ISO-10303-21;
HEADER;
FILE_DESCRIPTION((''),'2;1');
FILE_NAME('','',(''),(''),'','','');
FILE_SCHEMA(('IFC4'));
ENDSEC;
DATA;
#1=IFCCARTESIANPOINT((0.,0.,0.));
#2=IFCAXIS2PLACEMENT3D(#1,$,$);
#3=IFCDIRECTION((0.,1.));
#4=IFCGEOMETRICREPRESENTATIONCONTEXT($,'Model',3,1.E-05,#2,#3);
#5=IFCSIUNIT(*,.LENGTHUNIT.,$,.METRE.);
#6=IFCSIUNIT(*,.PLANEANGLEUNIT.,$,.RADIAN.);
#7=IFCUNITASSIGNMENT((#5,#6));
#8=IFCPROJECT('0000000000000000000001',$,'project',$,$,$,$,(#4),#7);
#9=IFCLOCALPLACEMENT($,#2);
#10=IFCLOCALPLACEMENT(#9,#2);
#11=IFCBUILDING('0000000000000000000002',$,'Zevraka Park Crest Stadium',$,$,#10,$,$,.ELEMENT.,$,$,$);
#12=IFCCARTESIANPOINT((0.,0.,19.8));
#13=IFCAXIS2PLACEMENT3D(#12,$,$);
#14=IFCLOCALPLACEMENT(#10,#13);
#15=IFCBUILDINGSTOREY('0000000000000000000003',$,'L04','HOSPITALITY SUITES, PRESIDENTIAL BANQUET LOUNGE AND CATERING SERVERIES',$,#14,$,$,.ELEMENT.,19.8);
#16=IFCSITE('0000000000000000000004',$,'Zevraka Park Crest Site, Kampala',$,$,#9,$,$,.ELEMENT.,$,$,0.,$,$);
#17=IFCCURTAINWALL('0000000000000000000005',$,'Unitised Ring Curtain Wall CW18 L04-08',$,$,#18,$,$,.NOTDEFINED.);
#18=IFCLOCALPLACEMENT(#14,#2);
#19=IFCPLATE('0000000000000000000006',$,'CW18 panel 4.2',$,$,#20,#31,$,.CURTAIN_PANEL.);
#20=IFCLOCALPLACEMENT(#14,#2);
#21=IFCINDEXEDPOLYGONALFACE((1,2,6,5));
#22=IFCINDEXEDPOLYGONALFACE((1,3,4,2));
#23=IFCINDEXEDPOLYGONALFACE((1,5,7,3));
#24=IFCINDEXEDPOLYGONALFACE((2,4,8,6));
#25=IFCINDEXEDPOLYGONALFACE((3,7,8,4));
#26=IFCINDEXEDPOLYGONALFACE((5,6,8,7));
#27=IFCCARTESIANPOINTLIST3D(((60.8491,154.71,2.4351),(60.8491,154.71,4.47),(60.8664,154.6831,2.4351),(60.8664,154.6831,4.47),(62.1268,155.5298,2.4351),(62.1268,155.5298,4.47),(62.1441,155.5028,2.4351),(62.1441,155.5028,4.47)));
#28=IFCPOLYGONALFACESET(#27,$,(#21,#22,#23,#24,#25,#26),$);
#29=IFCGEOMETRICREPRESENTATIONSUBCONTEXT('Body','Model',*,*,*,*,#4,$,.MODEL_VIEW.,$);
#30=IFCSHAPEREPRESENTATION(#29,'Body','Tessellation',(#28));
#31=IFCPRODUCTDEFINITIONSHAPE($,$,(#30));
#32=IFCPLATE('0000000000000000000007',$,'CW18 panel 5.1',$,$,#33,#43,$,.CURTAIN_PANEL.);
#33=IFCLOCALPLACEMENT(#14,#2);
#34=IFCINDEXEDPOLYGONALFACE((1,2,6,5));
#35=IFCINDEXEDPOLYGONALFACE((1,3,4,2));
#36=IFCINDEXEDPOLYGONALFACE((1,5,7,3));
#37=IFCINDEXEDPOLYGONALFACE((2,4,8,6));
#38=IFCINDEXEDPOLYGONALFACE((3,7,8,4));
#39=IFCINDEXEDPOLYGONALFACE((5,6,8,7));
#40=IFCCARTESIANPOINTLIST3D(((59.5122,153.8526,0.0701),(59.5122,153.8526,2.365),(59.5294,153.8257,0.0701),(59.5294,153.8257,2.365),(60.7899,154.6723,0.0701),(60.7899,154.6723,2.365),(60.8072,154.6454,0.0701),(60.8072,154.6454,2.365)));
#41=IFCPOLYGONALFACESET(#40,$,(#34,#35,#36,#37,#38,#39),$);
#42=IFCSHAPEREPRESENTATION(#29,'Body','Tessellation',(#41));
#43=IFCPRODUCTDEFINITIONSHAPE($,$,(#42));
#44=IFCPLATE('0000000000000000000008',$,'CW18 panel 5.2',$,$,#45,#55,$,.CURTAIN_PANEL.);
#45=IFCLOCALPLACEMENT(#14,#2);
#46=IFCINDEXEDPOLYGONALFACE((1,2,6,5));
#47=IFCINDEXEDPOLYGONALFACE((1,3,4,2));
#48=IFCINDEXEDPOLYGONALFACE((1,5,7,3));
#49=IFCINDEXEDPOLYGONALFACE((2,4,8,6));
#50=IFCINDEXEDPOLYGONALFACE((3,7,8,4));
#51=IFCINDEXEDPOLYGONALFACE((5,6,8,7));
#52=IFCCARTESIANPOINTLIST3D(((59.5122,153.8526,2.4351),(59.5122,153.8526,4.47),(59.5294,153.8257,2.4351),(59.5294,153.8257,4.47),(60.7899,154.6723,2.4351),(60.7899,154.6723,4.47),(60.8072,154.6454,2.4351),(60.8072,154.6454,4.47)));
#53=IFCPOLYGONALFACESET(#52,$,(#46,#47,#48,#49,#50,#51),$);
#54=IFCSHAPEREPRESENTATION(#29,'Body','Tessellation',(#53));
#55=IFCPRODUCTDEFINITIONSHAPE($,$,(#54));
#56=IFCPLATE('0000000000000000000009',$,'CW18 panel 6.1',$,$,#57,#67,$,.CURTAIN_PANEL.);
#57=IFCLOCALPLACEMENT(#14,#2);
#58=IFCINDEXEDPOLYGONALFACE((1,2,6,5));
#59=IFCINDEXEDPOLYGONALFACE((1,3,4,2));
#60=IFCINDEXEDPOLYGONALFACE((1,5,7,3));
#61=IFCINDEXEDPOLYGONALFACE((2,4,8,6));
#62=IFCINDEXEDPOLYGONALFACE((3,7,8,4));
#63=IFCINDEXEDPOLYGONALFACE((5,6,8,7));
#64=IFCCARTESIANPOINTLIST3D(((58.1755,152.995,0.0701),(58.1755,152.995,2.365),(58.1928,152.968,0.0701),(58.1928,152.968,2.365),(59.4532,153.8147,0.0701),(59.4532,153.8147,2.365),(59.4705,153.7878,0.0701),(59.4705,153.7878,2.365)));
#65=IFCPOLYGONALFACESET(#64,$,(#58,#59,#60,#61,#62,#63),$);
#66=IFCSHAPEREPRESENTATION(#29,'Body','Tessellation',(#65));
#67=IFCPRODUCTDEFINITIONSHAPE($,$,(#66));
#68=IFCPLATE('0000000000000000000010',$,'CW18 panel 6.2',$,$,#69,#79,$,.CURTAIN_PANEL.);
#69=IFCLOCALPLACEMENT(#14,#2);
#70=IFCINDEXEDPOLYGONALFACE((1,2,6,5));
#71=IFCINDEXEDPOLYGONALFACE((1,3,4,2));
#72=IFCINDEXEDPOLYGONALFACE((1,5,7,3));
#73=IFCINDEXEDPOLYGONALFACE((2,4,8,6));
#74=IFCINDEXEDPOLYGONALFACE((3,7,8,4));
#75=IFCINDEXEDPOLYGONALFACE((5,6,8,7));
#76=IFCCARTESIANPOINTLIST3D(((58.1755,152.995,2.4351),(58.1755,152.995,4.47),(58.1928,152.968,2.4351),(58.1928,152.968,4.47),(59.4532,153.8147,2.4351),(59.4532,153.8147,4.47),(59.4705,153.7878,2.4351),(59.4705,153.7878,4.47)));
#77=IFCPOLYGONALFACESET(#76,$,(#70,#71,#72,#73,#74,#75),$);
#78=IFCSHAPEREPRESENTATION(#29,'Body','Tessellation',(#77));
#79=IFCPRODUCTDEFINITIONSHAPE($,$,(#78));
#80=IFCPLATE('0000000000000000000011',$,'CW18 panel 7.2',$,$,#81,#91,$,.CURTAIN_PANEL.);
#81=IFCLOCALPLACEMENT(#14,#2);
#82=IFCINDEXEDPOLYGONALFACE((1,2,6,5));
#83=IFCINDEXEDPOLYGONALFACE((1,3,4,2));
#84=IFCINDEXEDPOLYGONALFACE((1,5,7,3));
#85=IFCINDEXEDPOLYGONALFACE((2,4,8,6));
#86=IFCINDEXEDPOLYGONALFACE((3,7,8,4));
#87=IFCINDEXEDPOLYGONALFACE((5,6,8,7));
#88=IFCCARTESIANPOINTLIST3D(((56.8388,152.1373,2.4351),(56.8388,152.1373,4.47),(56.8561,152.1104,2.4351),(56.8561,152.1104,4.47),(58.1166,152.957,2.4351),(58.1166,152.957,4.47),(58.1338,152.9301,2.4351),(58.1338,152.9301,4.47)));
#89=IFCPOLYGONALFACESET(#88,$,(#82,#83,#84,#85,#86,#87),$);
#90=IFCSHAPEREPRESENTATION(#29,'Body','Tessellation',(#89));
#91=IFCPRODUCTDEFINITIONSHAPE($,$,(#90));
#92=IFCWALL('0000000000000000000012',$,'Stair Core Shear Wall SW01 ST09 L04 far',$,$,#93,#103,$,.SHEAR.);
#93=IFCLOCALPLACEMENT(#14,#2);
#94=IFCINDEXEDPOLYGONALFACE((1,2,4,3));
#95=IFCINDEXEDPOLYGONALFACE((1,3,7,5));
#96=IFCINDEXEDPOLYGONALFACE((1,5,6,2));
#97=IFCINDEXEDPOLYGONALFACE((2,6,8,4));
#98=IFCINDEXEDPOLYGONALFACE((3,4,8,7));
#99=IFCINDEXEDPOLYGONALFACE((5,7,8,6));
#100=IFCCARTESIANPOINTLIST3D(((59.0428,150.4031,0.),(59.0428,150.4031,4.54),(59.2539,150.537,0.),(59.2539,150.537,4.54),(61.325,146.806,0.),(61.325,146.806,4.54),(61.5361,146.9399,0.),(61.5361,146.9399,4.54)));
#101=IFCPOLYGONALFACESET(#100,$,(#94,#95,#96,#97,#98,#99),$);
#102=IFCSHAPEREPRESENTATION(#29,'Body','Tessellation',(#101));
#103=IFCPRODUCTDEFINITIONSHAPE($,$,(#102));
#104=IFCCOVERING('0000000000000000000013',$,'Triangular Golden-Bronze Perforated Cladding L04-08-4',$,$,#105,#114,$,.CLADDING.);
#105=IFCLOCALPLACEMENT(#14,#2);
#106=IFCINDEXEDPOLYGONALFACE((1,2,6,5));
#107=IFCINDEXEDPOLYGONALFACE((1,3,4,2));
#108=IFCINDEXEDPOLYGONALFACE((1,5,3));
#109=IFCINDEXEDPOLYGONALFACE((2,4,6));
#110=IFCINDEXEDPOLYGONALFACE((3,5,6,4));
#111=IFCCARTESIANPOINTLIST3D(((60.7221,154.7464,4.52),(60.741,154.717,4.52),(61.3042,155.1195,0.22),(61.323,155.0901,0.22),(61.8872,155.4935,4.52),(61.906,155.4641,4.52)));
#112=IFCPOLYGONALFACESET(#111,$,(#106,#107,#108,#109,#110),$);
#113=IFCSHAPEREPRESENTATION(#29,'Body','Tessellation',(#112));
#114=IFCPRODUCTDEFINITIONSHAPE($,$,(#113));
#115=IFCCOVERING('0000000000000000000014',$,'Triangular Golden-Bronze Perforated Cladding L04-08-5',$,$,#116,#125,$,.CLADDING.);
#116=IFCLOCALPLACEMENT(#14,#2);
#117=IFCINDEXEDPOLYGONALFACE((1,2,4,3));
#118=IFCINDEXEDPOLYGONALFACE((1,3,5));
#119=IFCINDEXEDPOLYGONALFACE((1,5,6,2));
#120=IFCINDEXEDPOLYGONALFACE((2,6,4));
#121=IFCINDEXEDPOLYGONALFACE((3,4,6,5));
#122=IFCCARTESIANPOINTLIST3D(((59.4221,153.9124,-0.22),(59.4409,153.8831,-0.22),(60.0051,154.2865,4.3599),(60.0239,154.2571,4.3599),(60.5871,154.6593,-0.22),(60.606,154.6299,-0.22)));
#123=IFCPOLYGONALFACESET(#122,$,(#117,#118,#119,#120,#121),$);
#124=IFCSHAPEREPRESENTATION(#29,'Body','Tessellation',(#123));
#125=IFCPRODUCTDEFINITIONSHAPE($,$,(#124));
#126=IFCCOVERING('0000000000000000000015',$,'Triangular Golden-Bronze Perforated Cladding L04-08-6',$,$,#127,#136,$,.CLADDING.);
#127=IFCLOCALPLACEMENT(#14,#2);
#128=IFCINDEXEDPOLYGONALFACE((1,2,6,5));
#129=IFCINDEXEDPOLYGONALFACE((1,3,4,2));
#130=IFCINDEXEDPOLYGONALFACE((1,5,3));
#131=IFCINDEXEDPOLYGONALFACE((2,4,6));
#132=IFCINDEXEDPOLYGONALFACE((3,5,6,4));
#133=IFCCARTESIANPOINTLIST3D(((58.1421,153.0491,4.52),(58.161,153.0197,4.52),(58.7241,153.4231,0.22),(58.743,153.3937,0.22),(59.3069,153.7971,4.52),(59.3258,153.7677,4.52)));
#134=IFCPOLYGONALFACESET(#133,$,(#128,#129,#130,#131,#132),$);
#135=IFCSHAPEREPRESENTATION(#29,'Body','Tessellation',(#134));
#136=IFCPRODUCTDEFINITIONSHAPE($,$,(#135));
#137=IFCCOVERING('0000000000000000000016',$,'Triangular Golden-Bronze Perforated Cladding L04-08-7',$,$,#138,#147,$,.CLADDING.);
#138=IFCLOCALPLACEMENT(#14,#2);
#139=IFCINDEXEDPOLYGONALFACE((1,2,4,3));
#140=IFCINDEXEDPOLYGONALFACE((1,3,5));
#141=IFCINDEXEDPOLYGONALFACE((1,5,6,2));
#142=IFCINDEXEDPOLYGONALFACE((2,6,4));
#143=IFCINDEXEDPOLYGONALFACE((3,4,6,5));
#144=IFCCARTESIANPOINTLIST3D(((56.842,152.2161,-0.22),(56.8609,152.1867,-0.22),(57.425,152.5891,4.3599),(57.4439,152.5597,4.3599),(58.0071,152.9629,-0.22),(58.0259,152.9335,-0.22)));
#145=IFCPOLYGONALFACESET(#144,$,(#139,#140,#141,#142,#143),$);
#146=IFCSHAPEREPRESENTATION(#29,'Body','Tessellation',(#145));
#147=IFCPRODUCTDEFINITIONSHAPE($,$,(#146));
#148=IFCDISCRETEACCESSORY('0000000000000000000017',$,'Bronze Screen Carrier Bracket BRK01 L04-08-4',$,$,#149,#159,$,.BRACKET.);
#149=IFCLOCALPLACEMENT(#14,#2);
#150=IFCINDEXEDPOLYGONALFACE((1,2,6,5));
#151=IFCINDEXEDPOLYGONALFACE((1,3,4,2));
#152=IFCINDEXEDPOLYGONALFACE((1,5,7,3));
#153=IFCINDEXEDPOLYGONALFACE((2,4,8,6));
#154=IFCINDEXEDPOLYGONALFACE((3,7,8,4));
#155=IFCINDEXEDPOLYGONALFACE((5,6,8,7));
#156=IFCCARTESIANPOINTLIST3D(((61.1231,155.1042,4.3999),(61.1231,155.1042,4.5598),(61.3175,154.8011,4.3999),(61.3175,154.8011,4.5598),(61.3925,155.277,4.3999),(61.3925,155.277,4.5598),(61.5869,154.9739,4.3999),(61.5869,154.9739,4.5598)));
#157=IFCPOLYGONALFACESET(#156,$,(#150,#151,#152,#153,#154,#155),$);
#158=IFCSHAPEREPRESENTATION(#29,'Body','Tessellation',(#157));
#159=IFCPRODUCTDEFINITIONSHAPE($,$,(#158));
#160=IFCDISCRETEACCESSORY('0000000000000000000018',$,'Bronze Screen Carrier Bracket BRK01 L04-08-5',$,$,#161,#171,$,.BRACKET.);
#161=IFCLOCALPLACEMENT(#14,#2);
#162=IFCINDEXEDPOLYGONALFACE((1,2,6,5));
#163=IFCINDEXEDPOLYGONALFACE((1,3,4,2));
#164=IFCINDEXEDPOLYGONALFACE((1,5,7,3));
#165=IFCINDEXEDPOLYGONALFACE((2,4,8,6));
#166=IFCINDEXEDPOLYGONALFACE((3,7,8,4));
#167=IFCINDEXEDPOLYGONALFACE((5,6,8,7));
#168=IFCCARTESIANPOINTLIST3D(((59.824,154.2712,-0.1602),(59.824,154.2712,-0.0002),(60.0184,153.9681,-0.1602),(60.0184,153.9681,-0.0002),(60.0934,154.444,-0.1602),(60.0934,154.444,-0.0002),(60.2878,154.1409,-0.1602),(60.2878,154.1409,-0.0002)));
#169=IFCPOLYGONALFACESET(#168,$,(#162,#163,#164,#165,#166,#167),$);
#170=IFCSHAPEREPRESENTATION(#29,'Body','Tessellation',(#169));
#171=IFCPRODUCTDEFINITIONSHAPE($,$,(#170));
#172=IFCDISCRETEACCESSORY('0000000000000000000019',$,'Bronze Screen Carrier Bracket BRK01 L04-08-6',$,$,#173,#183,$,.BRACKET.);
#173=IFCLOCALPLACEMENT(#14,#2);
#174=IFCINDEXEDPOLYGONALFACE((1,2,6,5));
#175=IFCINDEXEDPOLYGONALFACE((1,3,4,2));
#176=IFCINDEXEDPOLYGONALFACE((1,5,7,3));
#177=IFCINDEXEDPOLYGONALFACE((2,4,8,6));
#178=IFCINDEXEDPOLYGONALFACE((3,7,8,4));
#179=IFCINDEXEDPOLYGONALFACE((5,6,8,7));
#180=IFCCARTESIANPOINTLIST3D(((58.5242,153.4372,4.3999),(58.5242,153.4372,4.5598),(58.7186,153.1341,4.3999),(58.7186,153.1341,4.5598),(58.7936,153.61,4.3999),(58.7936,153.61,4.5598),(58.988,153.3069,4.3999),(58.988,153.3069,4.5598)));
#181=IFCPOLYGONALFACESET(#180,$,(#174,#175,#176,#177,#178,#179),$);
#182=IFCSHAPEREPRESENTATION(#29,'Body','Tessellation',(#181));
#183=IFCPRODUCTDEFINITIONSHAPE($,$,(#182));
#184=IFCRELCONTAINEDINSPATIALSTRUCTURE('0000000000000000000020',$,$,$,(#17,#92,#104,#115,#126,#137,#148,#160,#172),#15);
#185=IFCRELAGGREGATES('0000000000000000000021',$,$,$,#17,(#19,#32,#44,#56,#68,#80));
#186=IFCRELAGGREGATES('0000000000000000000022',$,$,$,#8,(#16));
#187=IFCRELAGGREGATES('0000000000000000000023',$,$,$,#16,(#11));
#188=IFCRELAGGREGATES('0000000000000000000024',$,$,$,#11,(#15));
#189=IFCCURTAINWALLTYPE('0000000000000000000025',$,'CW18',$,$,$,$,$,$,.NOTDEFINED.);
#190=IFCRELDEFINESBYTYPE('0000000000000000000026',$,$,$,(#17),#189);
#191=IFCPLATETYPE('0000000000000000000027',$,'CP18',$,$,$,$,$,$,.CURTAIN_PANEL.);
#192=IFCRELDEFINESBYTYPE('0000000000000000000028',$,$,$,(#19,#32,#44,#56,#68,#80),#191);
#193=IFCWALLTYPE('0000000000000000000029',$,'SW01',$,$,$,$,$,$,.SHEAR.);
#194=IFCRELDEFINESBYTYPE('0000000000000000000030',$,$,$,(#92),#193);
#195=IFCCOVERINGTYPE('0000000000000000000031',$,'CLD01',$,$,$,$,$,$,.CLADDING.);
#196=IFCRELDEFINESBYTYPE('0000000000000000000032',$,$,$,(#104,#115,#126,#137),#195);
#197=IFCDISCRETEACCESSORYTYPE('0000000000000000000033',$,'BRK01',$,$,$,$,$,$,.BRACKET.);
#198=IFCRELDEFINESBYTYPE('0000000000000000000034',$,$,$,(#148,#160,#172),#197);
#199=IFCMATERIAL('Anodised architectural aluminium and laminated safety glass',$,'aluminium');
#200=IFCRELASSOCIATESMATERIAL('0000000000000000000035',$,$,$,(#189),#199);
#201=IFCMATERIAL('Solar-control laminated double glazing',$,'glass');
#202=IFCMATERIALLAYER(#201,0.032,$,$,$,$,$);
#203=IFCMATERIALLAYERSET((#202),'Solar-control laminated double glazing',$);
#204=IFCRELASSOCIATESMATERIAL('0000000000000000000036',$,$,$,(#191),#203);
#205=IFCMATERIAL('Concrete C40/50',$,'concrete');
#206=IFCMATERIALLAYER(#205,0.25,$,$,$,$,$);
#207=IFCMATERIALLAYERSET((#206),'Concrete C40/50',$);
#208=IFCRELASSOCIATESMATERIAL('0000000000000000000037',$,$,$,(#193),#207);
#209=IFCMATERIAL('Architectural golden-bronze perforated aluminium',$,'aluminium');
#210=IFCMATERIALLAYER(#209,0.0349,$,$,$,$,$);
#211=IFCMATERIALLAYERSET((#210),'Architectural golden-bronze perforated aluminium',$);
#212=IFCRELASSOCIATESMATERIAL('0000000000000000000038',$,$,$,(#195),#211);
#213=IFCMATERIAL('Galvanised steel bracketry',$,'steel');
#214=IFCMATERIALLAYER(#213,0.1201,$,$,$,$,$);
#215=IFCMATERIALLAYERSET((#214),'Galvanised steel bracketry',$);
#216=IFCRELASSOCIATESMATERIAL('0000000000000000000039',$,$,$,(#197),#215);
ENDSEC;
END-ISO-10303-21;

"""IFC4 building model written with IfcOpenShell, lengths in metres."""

from ifc_helpers import new_model, si_unit, direction, frame, frame_2d, origin, origin_2d, place, context, subcontext, project, spatial, polyline, rectangle, outline, extrude, material, layer, layer_set, type_object, element, aggregate, save


model = new_model("IFC4")

# Units and contexts
model_context = context("Model", 3, precision=1e-05, world=origin(), true_north=direction((0.0, 1.0)))
body_context = subcontext(model_context, "Body", "Model", "MODEL_VIEW")
ifc_project = project(units=[si_unit("LENGTHUNIT", "METRE"), si_unit("PLANEANGLEUNIT", "RADIAN")], contexts=[model_context])

# Site, building, storey
site_placement = place(None, origin())
site = spatial("IfcSite", under=ifc_project, at=site_placement, Name="Zevraka Park Crest Site, Kampala", CompositionType="ELEMENT", RefElevation=0.0)
building_placement = place(site_placement, origin())
building = spatial("IfcBuilding", under=site, at=building_placement, Name="Zevraka Park Crest Stadium", CompositionType="ELEMENT")
storey_placement = place(building_placement, frame((0.0, 0.0, 19.8)))
storey = spatial("IfcBuildingStorey", under=building, at=storey_placement, Name="L04", Description="HOSPITALITY SUITES, PRESIDENTIAL BANQUET LOUNGE AND CATERING SERVERIES", CompositionType="ELEMENT", Elevation=19.8)

# Curtain wall, plates
ifc_material_1 = material(Name="Anodised architectural aluminium and laminated safety glass", Category="aluminium")
curtain_wall_type = type_object("IfcCurtainWallType", Name="CW18", PredefinedType="NOTDEFINED", material=ifc_material_1)
curtain_wall_placement = place(storey_placement, origin())
curtain_wall = element("IfcCurtainWall", 1, at=curtain_wall_placement, inside=storey, type_object=curtain_wall_type, Name="Unitised Ring Curtain Wall CW18 L04-08", PredefinedType="NOTDEFINED")
ifc_material_2 = material(Name="Solar-control laminated double glazing", Category="glass")
ifc_layer_1 = layer(ifc_material_2, 0.032)
ifc_layer_set_1 = layer_set([ifc_layer_1], Name="Solar-control laminated double glazing")
plate_type = type_object("IfcPlateType", Name="CP18", PredefinedType="CURTAIN_PANEL", material=ifc_layer_set_1)
plate_1_placement = place(storey_placement, frame((61.4966, 155.1064, 2.4351), z_axis=(0.0, 0.0, 1.0), x_axis=(-0.841678, -0.53998, 0.0)))
plate_1 = element("IfcPlate", 2, at=plate_1_placement, type_object=plate_type, Name="CW18 panel 4.2", PredefinedType="CURTAIN_PANEL", context=body_context, shape_type="SweptSolid", body=[
    extrude(rectangle(XDim=1.5181, YDim=0.032, at=origin_2d()), origin(), (0.0, 0.0, 1.0), 2.0349),
])
plate_2_placement = place(storey_placement, frame((60.1597, 154.249, 0.0701), z_axis=(0.0, 0.0, 1.0), x_axis=(-0.841678, -0.53998, 0.0)))
plate_2 = element("IfcPlate", 3, at=plate_2_placement, type_object=plate_type, Name="CW18 panel 5.1", PredefinedType="CURTAIN_PANEL", context=body_context, shape_type="SweptSolid", body=[
    extrude(rectangle(XDim=1.5181, YDim=0.032, at=origin_2d()), origin(), (0.0, 0.0, 1.0), 2.2949),
])
plate_3_placement = place(storey_placement, frame((60.1597, 154.249, 2.4351), z_axis=(0.0, 0.0, 1.0), x_axis=(-0.841678, -0.53998, 0.0)))
plate_3 = element("IfcPlate", 4, at=plate_3_placement, type_object=plate_type, Name="CW18 panel 5.2", PredefinedType="CURTAIN_PANEL", context=body_context, shape_type="SweptSolid", body=[
    extrude(rectangle(XDim=1.5181, YDim=0.032, at=origin_2d()), origin(), (0.0, 0.0, 1.0), 2.0349),
])
plate_4_placement = place(storey_placement, frame((58.823, 153.3914, 0.0701), z_axis=(0.0, 0.0, 1.0), x_axis=(-0.841678, -0.53998, 0.0)))
plate_4 = element("IfcPlate", 5, at=plate_4_placement, type_object=plate_type, Name="CW18 panel 6.1", PredefinedType="CURTAIN_PANEL", context=body_context, shape_type="SweptSolid", body=[
    extrude(rectangle(XDim=1.5181, YDim=0.032, at=origin_2d()), origin(), (0.0, 0.0, 1.0), 2.2949),
])
plate_5_placement = place(storey_placement, frame((58.823, 153.3914, 2.4351), z_axis=(0.0, 0.0, 1.0), x_axis=(-0.841678, -0.53998, 0.0)))
plate_5 = element("IfcPlate", 6, at=plate_5_placement, type_object=plate_type, Name="CW18 panel 6.2", PredefinedType="CURTAIN_PANEL", context=body_context, shape_type="SweptSolid", body=[
    extrude(rectangle(XDim=1.5181, YDim=0.032, at=origin_2d()), origin(), (0.0, 0.0, 1.0), 2.0349),
])
plate_6_placement = place(storey_placement, frame((57.4863, 152.5337, 2.4351), z_axis=(0.0, 0.0, 1.0), x_axis=(-0.841678, -0.53998, 0.0)))
plate_6 = element("IfcPlate", 7, at=plate_6_placement, type_object=plate_type, Name="CW18 panel 7.2", PredefinedType="CURTAIN_PANEL", context=body_context, shape_type="SweptSolid", body=[
    extrude(rectangle(XDim=1.5181, YDim=0.032, at=origin_2d()), origin(), (0.0, 0.0, 1.0), 2.0349),
])
aggregate(curtain_wall, [plate_1, plate_2, plate_3, plate_4, plate_5, plate_6])

# Wall
ifc_material_3 = material(Name="Concrete C40/50", Category="concrete")
ifc_layer_2 = layer(ifc_material_3, 0.25)
ifc_layer_set_2 = layer_set([ifc_layer_2], Name="Concrete C40/50")
wall_type = type_object("IfcWallType", Name="SW01", PredefinedType="SHEAR", material=ifc_layer_set_2)
wall_placement = place(storey_placement, frame((59.1484, 150.47, 0.0), z_axis=(0.0, 0.0, 1.0), x_axis=(0.535725, -0.844392, 0.0)))
element("IfcWall", 8, at=wall_placement, inside=storey, type_object=wall_type, Name="Stair Core Shear Wall SW01 ST09 L04 far", PredefinedType="SHEAR", context=body_context, shape_type="SweptSolid", body=[
    extrude(rectangle(XDim=4.26, YDim=0.25, at=frame_2d((2.1299, 0.0))), origin(), (0.0, 0.0, 1.0), 4.54),
])

# Coverings
ifc_material_4 = material(Name="Architectural golden-bronze perforated aluminium", Category="aluminium")
ifc_layer_3 = layer(ifc_material_4, 0.0349)
ifc_layer_set_3 = layer_set([ifc_layer_3], Name="Architectural golden-bronze perforated aluminium")
covering_type = type_object("IfcCoveringType", Name="CLD01", PredefinedType="CLADDING", material=ifc_layer_set_3)
covering_1_placement = place(storey_placement, frame((60.741, 154.717, 4.52), z_axis=(0.539794, -0.841797, 0.000034), x_axis=(0.841797, 0.539794, 0.0)))
element("IfcCovering", 9, at=covering_1_placement, inside=storey, type_object=covering_type, Name="Triangular Golden-Bronze Perforated Cladding L04-08-4", PredefinedType="CLADDING", context=body_context, shape_type="SweptSolid", body=[
    extrude(outline(polyline([(0.0, 0.0), (1.384, 0.0), (0.6913, -4.3), (0.0, 0.0)])), origin(), (0.0, 0.0, -1.0), 0.0349),
])
covering_2_placement = place(storey_placement, frame((60.606, 154.6299, -0.22), z_axis=(0.539669, -0.841877, 0.000055), x_axis=(-0.841877, -0.539669, 0.0)))
element("IfcCovering", 10, at=covering_2_placement, inside=storey, type_object=covering_type, Name="Triangular Golden-Bronze Perforated Cladding L04-08-5", PredefinedType="CLADDING", context=body_context, shape_type="SweptSolid", body=[
    extrude(outline(polyline([(0.0, 0.0), (1.3839, 0.0), (0.6912, -4.5798), (0.0, 0.0)])), origin(), (0.0, 0.0, -1.0), 0.0349),
])
covering_3_placement = place(storey_placement, frame((58.1421, 153.0491, 4.52), z_axis=(-0.540374, 0.841425, 0.000046), x_axis=(0.841425, 0.540374, 0.0)))
element("IfcCovering", 11, at=covering_3_placement, inside=storey, type_object=covering_type, Name="Triangular Golden-Bronze Perforated Cladding L04-08-6", PredefinedType="CLADDING", context=body_context, shape_type="SweptSolid", body=[
    extrude(outline(polyline([(0.0, 0.0), (1.3843, 0.0), (0.6918, 4.3), (0.0, 0.0)])), origin(), (0.0, 0.0, -1.0), 0.0349),
])
covering_4_placement = place(storey_placement, frame((58.0071, 152.9629, -0.22), z_axis=(-0.539669, 0.841877, 0.000125), x_axis=(-0.841877, -0.539669, 0.0)))
element("IfcCovering", 12, at=covering_4_placement, inside=storey, type_object=covering_type, Name="Triangular Golden-Bronze Perforated Cladding L04-08-7", PredefinedType="CLADDING", context=body_context, shape_type="SweptSolid", body=[
    extrude(outline(polyline([(0.0, 0.0), (1.3839, 0.0), (0.6917, 4.5798), (0.0, 0.0)])), origin(), (0.0, 0.0, -1.0), 0.0349),
])

# Discrete accessories
ifc_material_5 = material(Name="Galvanised steel bracketry", Category="steel")
ifc_layer_4 = layer(ifc_material_5, 0.1201)
ifc_layer_set_4 = layer_set([ifc_layer_4], Name="Galvanised steel bracketry")
discrete_accessory_type = type_object("IfcDiscreteAccessoryType", Name="BRK01", PredefinedType="BRACKET", material=ifc_layer_set_4)
for number, where, z_axis, x_axis, name in (
    (13, (61.355, 155.0391, 4.3999), (0.0, 0.0, 1.0), (-0.841699, -0.539947, 0.0), "Bronze Screen Carrier Bracket BRK01 L04-08-4"),
    (14, (60.0559, 154.2061, -0.1602), (0.0, 0.0, 1.0), (-0.841699, -0.539947, 0.0), "Bronze Screen Carrier Bracket BRK01 L04-08-5"),
    (15, (58.7561, 153.3721, 4.3999), (0.0, 0.0, 1.0), (-0.841699, -0.539947, 0.0), "Bronze Screen Carrier Bracket BRK01 L04-08-6"),
):
    element("IfcDiscreteAccessory", number, at=place(storey_placement, frame(where, z_axis=z_axis, x_axis=x_axis)), inside=storey, type_object=discrete_accessory_type, Name=name, PredefinedType="BRACKET", context=body_context, shape_type="SweptSolid", body=[
        extrude(rectangle(XDim=0.3201, YDim=0.3601, at=origin_2d()), origin(), (0.0, 0.0, 1.0), 0.1599),
    ])

save(model, "model.ifc")
